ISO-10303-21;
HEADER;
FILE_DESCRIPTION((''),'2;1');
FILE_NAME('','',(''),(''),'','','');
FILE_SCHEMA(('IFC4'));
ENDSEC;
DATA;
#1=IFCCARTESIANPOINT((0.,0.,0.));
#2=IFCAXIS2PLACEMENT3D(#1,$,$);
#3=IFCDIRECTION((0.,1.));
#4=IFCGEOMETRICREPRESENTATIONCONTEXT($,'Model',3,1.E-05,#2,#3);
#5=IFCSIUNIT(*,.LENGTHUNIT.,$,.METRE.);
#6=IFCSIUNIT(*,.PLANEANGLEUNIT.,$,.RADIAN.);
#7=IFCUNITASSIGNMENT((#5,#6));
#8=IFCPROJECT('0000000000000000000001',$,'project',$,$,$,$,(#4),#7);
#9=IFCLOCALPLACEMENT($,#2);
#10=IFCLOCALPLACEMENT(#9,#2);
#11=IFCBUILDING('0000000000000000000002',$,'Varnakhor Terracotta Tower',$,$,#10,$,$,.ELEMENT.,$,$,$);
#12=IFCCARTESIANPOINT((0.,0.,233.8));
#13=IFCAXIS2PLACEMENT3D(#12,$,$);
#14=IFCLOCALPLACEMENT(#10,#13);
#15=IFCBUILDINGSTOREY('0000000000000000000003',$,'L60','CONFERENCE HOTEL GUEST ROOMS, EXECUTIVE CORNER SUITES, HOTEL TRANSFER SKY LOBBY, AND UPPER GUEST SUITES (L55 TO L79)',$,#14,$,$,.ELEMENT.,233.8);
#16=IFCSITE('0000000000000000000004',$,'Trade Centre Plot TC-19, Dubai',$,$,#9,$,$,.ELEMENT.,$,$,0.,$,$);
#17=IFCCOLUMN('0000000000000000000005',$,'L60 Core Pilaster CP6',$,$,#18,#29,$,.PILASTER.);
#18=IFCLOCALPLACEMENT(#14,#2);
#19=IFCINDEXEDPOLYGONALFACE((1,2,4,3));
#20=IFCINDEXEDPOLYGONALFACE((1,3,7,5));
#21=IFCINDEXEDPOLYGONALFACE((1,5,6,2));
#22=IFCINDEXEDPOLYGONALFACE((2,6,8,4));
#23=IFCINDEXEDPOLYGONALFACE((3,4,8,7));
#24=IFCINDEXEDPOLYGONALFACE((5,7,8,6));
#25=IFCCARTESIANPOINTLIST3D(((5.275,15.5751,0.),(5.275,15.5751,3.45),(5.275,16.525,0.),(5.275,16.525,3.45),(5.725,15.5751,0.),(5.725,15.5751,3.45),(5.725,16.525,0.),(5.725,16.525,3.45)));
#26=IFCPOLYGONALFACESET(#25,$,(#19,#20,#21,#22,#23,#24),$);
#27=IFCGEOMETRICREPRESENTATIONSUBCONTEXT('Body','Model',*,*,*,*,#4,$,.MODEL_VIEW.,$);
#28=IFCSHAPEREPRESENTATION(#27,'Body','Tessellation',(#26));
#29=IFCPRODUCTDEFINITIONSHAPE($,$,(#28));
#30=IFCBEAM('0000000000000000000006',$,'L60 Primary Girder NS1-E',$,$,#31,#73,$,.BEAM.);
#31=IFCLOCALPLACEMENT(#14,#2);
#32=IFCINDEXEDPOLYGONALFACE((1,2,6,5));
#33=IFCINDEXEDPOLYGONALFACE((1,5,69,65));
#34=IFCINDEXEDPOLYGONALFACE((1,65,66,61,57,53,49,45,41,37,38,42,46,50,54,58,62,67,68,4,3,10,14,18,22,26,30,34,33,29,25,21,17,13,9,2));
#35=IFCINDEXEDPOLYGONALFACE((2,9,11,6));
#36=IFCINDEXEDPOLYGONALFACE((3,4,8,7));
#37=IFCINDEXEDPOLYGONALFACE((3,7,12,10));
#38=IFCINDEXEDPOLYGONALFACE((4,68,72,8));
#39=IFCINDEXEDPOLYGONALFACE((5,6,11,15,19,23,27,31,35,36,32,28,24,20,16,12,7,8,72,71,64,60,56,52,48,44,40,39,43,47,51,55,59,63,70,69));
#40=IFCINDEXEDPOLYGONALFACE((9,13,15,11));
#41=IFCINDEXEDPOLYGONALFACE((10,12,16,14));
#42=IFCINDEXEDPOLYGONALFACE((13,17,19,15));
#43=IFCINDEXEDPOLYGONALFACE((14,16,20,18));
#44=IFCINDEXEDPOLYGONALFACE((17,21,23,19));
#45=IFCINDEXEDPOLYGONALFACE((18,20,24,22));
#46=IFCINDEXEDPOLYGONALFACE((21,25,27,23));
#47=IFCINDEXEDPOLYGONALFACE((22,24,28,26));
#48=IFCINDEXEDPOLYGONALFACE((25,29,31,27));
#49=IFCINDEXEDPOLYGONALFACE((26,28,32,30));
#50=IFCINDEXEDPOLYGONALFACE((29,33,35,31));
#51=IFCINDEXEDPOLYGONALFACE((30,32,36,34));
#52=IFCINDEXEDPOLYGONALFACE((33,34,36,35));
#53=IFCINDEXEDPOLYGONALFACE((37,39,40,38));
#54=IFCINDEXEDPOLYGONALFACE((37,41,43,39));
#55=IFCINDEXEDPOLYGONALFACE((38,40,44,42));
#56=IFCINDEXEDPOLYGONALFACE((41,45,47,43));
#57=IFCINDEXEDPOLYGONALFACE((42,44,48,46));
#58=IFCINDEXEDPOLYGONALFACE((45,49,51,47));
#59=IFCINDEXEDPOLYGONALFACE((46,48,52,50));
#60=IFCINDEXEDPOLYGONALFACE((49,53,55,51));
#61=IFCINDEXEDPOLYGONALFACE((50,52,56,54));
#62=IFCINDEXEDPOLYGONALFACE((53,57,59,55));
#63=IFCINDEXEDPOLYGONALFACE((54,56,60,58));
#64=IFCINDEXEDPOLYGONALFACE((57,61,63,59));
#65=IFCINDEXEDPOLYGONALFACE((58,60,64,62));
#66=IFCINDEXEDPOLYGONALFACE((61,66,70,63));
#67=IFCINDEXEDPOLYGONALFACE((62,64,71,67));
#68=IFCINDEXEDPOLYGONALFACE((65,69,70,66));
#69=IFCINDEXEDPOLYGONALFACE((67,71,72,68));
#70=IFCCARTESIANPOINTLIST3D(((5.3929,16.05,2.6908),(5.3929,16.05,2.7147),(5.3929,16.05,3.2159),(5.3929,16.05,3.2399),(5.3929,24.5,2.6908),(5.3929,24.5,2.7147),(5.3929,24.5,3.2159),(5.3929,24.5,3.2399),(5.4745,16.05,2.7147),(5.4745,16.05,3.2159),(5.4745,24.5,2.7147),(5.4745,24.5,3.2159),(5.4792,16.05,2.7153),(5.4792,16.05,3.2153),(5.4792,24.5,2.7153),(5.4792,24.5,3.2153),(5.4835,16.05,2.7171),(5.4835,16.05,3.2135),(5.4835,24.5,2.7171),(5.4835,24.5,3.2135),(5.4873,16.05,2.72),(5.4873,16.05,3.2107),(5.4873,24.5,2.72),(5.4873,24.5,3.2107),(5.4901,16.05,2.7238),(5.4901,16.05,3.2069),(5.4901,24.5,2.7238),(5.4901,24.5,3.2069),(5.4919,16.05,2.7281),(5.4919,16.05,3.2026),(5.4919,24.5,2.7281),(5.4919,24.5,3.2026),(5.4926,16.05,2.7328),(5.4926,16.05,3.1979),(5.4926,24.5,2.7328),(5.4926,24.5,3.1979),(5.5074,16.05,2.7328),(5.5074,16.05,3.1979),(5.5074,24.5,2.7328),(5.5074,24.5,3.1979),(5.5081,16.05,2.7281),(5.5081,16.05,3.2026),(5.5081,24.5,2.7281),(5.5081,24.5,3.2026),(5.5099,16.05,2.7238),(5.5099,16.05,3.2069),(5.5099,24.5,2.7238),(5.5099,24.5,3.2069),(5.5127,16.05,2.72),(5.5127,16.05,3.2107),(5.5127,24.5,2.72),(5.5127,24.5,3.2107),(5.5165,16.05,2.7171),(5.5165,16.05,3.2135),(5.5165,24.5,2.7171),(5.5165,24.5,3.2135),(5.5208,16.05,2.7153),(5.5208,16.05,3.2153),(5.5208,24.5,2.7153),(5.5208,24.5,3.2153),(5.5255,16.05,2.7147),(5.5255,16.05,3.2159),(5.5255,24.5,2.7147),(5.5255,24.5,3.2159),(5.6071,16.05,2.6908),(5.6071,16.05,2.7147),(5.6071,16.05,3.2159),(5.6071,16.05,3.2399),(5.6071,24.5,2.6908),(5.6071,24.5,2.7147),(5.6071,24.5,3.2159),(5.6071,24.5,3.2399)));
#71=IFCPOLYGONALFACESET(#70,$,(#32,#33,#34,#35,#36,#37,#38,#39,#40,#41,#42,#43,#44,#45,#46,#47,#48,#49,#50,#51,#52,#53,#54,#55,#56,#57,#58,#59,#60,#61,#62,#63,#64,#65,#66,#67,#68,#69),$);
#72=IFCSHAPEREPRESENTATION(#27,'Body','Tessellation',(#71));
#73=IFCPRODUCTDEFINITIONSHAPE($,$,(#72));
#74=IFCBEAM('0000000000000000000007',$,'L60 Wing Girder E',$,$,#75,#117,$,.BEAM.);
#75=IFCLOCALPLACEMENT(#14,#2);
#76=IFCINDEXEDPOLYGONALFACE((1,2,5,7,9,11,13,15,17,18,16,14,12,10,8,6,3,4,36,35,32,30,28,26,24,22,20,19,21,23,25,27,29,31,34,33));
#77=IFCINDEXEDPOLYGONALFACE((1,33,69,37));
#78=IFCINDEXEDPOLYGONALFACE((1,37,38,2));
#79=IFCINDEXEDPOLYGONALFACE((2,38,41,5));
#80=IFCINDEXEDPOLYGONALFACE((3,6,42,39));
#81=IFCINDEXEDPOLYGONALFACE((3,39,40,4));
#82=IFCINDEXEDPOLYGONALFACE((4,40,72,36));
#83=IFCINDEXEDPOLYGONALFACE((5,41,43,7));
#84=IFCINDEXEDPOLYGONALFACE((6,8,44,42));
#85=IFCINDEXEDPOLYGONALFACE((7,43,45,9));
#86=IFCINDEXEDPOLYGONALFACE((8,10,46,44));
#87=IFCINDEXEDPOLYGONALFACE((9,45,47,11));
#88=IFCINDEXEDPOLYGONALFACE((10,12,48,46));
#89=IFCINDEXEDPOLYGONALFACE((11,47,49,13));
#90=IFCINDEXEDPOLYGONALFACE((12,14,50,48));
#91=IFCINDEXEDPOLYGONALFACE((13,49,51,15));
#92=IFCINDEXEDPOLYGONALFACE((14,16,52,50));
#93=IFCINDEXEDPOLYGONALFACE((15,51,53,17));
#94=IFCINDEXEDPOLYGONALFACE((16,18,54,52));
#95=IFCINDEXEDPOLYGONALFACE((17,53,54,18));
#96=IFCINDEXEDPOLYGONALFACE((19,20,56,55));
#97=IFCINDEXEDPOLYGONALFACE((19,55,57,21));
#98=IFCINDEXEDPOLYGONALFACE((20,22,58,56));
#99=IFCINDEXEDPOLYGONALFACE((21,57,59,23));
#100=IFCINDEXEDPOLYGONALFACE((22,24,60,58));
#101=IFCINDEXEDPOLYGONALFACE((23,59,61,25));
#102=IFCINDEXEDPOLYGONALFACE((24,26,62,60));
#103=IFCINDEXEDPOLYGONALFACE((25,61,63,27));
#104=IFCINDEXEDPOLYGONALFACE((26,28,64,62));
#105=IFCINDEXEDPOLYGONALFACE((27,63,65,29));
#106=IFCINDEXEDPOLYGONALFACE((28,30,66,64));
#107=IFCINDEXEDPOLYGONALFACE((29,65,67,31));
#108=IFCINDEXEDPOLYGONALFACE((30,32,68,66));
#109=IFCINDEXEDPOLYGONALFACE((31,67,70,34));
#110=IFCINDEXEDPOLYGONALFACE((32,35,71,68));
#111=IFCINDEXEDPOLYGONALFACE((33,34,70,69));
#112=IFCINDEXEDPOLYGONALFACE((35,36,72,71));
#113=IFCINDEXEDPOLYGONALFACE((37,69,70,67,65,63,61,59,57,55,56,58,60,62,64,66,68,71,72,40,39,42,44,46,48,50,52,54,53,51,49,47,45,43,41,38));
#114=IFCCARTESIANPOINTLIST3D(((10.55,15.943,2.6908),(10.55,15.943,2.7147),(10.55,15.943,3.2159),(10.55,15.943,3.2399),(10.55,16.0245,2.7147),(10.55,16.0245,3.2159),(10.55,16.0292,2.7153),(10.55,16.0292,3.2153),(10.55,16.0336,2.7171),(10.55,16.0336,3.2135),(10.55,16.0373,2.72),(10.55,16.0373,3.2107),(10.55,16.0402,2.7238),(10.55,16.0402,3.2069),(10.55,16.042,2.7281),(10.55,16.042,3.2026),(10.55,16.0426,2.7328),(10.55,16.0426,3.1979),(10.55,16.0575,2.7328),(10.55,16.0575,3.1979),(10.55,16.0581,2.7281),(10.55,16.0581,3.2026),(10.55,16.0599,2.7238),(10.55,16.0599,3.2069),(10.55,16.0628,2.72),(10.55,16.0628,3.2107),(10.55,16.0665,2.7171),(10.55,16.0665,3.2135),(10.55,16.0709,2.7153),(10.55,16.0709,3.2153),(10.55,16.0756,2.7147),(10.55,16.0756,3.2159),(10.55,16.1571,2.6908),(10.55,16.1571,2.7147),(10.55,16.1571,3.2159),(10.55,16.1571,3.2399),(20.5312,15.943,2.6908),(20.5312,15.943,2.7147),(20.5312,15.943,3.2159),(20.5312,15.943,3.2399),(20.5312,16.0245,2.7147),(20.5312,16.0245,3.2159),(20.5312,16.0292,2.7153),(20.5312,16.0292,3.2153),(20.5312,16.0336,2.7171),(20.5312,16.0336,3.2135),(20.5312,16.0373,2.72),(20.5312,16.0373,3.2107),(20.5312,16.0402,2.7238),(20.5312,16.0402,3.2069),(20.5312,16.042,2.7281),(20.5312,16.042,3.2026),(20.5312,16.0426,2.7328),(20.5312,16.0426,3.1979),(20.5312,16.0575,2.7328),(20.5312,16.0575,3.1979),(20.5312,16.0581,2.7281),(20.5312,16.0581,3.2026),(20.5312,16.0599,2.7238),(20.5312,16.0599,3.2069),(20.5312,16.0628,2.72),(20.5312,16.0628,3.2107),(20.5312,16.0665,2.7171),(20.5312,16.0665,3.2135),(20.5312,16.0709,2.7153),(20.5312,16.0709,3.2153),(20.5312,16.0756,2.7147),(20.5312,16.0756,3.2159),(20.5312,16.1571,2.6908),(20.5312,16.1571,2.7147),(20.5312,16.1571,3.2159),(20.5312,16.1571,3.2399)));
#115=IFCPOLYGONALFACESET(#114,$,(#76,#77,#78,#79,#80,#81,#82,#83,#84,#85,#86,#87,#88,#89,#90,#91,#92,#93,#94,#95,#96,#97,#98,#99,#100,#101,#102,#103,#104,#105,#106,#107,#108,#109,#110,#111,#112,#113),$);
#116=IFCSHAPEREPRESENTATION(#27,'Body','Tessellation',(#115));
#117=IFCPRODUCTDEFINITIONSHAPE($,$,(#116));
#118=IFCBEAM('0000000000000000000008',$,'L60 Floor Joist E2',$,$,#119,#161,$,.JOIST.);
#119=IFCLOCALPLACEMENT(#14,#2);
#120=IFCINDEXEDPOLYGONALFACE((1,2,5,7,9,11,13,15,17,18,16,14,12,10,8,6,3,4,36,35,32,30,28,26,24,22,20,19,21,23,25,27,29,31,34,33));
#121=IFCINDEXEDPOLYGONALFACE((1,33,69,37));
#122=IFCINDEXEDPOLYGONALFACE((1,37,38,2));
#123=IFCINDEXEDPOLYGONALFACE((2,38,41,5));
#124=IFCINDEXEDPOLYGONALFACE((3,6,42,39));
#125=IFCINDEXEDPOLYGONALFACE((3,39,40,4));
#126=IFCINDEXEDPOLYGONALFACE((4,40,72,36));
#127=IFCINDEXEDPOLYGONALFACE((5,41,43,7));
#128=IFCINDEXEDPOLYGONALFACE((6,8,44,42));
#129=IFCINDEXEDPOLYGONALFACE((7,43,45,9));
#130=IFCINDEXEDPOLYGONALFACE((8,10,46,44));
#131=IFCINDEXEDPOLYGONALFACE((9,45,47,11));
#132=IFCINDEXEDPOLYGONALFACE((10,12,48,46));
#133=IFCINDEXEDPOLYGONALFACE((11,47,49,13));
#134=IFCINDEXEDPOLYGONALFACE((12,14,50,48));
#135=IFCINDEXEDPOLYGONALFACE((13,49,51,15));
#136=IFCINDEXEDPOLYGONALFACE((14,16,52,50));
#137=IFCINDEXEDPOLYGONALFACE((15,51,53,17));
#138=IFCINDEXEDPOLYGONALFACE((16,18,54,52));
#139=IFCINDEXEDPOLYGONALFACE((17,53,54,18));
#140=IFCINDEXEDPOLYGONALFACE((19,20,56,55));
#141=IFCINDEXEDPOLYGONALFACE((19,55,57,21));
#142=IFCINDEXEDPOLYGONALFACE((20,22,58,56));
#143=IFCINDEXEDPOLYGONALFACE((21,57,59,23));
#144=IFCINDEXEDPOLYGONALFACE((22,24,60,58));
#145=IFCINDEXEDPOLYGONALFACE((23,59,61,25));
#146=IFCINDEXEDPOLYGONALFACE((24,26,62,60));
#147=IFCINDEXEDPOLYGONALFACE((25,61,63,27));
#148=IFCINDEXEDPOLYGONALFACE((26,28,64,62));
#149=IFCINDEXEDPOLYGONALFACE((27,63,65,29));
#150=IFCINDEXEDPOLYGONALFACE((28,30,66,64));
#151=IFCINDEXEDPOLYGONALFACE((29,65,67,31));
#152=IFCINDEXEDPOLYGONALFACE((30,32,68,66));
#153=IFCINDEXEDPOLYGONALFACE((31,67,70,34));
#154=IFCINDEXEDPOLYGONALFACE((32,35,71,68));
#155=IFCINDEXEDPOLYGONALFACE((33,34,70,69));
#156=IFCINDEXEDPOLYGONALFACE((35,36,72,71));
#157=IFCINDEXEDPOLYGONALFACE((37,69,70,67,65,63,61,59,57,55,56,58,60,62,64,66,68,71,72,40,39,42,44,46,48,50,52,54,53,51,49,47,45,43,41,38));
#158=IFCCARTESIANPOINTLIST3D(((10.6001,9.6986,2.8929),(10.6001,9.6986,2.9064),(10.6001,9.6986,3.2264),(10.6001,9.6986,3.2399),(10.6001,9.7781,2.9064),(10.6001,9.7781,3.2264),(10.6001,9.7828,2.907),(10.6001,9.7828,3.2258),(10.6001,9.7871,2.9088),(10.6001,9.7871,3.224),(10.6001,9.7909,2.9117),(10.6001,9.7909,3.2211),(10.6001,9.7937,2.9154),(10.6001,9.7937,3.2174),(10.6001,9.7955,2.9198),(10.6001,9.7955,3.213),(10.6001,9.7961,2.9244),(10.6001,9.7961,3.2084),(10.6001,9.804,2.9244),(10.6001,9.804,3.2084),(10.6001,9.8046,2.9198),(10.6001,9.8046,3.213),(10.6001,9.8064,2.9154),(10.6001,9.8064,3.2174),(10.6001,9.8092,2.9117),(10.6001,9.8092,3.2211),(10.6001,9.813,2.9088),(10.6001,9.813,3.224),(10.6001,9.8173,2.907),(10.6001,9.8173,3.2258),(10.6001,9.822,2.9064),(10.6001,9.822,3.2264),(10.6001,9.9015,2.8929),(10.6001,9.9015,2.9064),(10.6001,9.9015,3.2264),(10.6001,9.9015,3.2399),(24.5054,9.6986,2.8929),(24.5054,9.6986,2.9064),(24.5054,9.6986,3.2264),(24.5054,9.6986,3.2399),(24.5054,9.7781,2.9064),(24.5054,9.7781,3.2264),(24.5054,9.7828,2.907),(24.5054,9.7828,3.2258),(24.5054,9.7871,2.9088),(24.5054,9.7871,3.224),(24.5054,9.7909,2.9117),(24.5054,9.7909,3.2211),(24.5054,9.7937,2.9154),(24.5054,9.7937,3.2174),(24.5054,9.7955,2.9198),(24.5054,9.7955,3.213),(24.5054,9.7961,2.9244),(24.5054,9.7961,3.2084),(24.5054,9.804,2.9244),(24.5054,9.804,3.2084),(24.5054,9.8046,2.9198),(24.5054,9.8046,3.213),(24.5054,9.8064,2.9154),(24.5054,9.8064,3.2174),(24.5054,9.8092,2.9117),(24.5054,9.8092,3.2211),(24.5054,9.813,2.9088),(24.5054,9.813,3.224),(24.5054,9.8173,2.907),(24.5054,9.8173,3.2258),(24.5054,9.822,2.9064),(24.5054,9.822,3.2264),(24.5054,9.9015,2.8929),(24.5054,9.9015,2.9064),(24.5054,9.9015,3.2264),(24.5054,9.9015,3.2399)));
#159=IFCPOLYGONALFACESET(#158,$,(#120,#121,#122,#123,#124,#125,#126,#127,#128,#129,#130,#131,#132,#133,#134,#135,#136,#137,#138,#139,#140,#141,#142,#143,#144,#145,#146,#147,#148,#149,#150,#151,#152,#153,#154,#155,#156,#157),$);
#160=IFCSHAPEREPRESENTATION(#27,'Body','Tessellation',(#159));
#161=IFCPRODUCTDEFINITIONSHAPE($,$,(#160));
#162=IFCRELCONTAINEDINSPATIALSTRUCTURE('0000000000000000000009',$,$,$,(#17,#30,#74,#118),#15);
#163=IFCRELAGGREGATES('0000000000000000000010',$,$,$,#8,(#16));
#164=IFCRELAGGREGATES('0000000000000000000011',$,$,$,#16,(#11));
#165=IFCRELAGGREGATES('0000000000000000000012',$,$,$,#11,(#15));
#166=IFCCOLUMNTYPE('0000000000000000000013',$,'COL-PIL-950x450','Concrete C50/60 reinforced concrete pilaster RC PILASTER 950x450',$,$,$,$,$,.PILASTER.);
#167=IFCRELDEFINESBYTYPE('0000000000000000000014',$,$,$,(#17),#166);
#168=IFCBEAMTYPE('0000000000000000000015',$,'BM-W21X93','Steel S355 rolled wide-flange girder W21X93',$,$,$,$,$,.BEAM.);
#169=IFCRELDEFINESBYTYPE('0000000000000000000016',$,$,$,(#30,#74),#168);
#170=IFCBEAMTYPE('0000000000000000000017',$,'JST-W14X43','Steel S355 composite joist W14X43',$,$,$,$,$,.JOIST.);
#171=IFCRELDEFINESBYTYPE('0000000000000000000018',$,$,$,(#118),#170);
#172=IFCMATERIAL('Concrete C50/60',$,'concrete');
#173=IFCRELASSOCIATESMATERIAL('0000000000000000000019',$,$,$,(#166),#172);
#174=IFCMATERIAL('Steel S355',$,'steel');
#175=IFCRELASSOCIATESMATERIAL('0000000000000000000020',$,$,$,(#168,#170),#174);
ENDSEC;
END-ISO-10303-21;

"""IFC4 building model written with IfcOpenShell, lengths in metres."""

from ifc_helpers import new_model, si_unit, direction, frame, origin, origin_2d, place, context, subcontext, project, spatial, rectangle, i_section, extrude, source, transform, mapped, material, material_profile, profile_set, type_object, type_shapes, element, save


model = new_model("IFC4")

# Units and contexts
model_context = context("Model", 3, precision=1e-05, world=origin(), true_north=direction((0.0, 1.0)))
body_context = subcontext(model_context, "Body", "Model", "MODEL_VIEW")
ifc_project = project(units=[si_unit("LENGTHUNIT", "METRE"), si_unit("PLANEANGLEUNIT", "RADIAN")], contexts=[model_context])

# Site, building, storey
site_placement = place(None, origin())
site = spatial("IfcSite", under=ifc_project, at=site_placement, Name="Trade Centre Plot TC-19, Dubai", CompositionType="ELEMENT", RefElevation=0.0)
building_placement = place(site_placement, origin())
building = spatial("IfcBuilding", under=site, at=building_placement, Name="Varnakhor Terracotta Tower", CompositionType="ELEMENT")
storey_placement = place(building_placement, frame((0.0, 0.0, 233.8)))
storey = spatial("IfcBuildingStorey", under=building, at=storey_placement, Name="L60", Description="CONFERENCE HOTEL GUEST ROOMS, EXECUTIVE CORNER SUITES, HOTEL TRANSFER SKY LOBBY, AND UPPER GUEST SUITES (L55 TO L79)", CompositionType="ELEMENT", Elevation=233.8)

# Column
ifc_material_1 = material(Name="Concrete C50/60", Category="concrete")
ifc_material_profile_1 = material_profile(ifc_material_1, rectangle(XDim=0.45, YDim=0.95, at=origin_2d()), Name="RC PILASTER 950x450")
ifc_profile_set_1 = profile_set([ifc_material_profile_1], Name="Concrete C50/60")
column_type = type_object("IfcColumnType", Name="COL-PIL-950x450", Description="Concrete C50/60 reinforced concrete pilaster RC PILASTER 950x450", PredefinedType="PILASTER", material=ifc_profile_set_1)
shared_shape_1 = source(origin(), body_context, "Body", "SweptSolid", [
    extrude(rectangle(XDim=0.45, YDim=0.95, at=origin_2d()), origin(), (0.0, 0.0, 1.0), 3.45),
])
column_placement = place(storey_placement, frame((5.5, 16.05, 0.0), z_axis=(0.0, 0.0, 1.0), x_axis=(1.0, 0.0, 0.0)))
element("IfcColumn", 1, at=column_placement, inside=storey, type_object=column_type, Name="L60 Core Pilaster CP6", PredefinedType="PILASTER", context=body_context, shape_type="MappedRepresentation", body=[
    mapped(shared_shape_1, transform((0.0, 0.0, 0.0), scale=1.0)),
])

# Beams
ifc_material_2 = material(Name="Steel S355", Category="steel")
ifc_material_profile_2 = material_profile(ifc_material_2, i_section(OverallWidth=0.2141, OverallDepth=0.5491, WebThickness=0.0149, FlangeThickness=0.0239, FilletRadius=0.0181, at=origin_2d()), Name="W21X93")
ifc_profile_set_2 = profile_set([ifc_material_profile_2], Name="Steel S355")
beam_type_1 = type_object("IfcBeamType", Name="BM-W21X93", Description="Steel S355 rolled wide-flange girder W21X93", PredefinedType="BEAM", material=ifc_profile_set_2)
shared_shape_2 = source(origin(), body_context, "Body", "SweptSolid", [
    extrude(i_section(OverallWidth=0.2141, OverallDepth=0.5491, WebThickness=0.0149, FlangeThickness=0.0239, FilletRadius=0.0181, at=origin_2d()), origin(), (0.0, 0.0, 1.0), 8.45),
])
type_shapes(beam_type_1, [shared_shape_2])
beam_1_placement = place(storey_placement, frame((5.5, 16.05, 2.9653), z_axis=(0.0, 1.0, 0.0), x_axis=(-1.0, 0.0, 0.0)))
element("IfcBeam", 2, at=beam_1_placement, inside=storey, type_object=beam_type_1, Name="L60 Primary Girder NS1-E", PredefinedType="BEAM", context=body_context, shape_type="MappedRepresentation", body=[
    mapped(shared_shape_2, transform((0.0, 0.0, 0.0), scale=1.0)),
])
shared_shape_3 = source(origin(), body_context, "Body", "SweptSolid", [
    extrude(i_section(OverallWidth=0.2141, OverallDepth=0.5491, WebThickness=0.0149, FlangeThickness=0.0239, FilletRadius=0.0181, at=origin_2d()), origin(), (0.0, 0.0, 1.0), 9.9812),
])
beam_2_placement = place(storey_placement, frame((10.55, 16.05, 2.9653), z_axis=(1.0, 0.0, 0.0), x_axis=(0.0, 1.0, 0.0)))
element("IfcBeam", 3, at=beam_2_placement, inside=storey, type_object=beam_type_1, Name="L60 Wing Girder E", PredefinedType="BEAM", context=body_context, shape_type="MappedRepresentation", body=[
    mapped(shared_shape_3, transform((0.0, 0.0, 0.0), scale=1.0)),
])
ifc_material_profile_3 = material_profile(ifc_material_2, i_section(OverallWidth=0.2029, OverallDepth=0.3469, WebThickness=0.0078, FlangeThickness=0.0134, FilletRadius=0.0181, at=origin_2d()), Name="W14X43")
ifc_profile_set_3 = profile_set([ifc_material_profile_3], Name="Steel S355")
beam_type_2 = type_object("IfcBeamType", Name="JST-W14X43", Description="Steel S355 composite joist W14X43", PredefinedType="JOIST", material=ifc_profile_set_3)
shared_shape_4 = source(origin(), body_context, "Body", "SweptSolid", [
    extrude(i_section(OverallWidth=0.2029, OverallDepth=0.3469, WebThickness=0.0078, FlangeThickness=0.0134, FilletRadius=0.0181, at=origin_2d()), origin(), (0.0, 0.0, 1.0), 13.9053),
])
beam_3_placement = place(storey_placement, frame((10.6001, 9.8, 3.0664), z_axis=(1.0, 0.0, 0.0), x_axis=(0.0, 1.0, 0.0)))
element("IfcBeam", 4, at=beam_3_placement, inside=storey, type_object=beam_type_2, Name="L60 Floor Joist E2", PredefinedType="JOIST", context=body_context, shape_type="MappedRepresentation", body=[
    mapped(shared_shape_4, transform((0.0, 0.0, 0.0), scale=1.0)),
])

save(model, "model.ifc")
